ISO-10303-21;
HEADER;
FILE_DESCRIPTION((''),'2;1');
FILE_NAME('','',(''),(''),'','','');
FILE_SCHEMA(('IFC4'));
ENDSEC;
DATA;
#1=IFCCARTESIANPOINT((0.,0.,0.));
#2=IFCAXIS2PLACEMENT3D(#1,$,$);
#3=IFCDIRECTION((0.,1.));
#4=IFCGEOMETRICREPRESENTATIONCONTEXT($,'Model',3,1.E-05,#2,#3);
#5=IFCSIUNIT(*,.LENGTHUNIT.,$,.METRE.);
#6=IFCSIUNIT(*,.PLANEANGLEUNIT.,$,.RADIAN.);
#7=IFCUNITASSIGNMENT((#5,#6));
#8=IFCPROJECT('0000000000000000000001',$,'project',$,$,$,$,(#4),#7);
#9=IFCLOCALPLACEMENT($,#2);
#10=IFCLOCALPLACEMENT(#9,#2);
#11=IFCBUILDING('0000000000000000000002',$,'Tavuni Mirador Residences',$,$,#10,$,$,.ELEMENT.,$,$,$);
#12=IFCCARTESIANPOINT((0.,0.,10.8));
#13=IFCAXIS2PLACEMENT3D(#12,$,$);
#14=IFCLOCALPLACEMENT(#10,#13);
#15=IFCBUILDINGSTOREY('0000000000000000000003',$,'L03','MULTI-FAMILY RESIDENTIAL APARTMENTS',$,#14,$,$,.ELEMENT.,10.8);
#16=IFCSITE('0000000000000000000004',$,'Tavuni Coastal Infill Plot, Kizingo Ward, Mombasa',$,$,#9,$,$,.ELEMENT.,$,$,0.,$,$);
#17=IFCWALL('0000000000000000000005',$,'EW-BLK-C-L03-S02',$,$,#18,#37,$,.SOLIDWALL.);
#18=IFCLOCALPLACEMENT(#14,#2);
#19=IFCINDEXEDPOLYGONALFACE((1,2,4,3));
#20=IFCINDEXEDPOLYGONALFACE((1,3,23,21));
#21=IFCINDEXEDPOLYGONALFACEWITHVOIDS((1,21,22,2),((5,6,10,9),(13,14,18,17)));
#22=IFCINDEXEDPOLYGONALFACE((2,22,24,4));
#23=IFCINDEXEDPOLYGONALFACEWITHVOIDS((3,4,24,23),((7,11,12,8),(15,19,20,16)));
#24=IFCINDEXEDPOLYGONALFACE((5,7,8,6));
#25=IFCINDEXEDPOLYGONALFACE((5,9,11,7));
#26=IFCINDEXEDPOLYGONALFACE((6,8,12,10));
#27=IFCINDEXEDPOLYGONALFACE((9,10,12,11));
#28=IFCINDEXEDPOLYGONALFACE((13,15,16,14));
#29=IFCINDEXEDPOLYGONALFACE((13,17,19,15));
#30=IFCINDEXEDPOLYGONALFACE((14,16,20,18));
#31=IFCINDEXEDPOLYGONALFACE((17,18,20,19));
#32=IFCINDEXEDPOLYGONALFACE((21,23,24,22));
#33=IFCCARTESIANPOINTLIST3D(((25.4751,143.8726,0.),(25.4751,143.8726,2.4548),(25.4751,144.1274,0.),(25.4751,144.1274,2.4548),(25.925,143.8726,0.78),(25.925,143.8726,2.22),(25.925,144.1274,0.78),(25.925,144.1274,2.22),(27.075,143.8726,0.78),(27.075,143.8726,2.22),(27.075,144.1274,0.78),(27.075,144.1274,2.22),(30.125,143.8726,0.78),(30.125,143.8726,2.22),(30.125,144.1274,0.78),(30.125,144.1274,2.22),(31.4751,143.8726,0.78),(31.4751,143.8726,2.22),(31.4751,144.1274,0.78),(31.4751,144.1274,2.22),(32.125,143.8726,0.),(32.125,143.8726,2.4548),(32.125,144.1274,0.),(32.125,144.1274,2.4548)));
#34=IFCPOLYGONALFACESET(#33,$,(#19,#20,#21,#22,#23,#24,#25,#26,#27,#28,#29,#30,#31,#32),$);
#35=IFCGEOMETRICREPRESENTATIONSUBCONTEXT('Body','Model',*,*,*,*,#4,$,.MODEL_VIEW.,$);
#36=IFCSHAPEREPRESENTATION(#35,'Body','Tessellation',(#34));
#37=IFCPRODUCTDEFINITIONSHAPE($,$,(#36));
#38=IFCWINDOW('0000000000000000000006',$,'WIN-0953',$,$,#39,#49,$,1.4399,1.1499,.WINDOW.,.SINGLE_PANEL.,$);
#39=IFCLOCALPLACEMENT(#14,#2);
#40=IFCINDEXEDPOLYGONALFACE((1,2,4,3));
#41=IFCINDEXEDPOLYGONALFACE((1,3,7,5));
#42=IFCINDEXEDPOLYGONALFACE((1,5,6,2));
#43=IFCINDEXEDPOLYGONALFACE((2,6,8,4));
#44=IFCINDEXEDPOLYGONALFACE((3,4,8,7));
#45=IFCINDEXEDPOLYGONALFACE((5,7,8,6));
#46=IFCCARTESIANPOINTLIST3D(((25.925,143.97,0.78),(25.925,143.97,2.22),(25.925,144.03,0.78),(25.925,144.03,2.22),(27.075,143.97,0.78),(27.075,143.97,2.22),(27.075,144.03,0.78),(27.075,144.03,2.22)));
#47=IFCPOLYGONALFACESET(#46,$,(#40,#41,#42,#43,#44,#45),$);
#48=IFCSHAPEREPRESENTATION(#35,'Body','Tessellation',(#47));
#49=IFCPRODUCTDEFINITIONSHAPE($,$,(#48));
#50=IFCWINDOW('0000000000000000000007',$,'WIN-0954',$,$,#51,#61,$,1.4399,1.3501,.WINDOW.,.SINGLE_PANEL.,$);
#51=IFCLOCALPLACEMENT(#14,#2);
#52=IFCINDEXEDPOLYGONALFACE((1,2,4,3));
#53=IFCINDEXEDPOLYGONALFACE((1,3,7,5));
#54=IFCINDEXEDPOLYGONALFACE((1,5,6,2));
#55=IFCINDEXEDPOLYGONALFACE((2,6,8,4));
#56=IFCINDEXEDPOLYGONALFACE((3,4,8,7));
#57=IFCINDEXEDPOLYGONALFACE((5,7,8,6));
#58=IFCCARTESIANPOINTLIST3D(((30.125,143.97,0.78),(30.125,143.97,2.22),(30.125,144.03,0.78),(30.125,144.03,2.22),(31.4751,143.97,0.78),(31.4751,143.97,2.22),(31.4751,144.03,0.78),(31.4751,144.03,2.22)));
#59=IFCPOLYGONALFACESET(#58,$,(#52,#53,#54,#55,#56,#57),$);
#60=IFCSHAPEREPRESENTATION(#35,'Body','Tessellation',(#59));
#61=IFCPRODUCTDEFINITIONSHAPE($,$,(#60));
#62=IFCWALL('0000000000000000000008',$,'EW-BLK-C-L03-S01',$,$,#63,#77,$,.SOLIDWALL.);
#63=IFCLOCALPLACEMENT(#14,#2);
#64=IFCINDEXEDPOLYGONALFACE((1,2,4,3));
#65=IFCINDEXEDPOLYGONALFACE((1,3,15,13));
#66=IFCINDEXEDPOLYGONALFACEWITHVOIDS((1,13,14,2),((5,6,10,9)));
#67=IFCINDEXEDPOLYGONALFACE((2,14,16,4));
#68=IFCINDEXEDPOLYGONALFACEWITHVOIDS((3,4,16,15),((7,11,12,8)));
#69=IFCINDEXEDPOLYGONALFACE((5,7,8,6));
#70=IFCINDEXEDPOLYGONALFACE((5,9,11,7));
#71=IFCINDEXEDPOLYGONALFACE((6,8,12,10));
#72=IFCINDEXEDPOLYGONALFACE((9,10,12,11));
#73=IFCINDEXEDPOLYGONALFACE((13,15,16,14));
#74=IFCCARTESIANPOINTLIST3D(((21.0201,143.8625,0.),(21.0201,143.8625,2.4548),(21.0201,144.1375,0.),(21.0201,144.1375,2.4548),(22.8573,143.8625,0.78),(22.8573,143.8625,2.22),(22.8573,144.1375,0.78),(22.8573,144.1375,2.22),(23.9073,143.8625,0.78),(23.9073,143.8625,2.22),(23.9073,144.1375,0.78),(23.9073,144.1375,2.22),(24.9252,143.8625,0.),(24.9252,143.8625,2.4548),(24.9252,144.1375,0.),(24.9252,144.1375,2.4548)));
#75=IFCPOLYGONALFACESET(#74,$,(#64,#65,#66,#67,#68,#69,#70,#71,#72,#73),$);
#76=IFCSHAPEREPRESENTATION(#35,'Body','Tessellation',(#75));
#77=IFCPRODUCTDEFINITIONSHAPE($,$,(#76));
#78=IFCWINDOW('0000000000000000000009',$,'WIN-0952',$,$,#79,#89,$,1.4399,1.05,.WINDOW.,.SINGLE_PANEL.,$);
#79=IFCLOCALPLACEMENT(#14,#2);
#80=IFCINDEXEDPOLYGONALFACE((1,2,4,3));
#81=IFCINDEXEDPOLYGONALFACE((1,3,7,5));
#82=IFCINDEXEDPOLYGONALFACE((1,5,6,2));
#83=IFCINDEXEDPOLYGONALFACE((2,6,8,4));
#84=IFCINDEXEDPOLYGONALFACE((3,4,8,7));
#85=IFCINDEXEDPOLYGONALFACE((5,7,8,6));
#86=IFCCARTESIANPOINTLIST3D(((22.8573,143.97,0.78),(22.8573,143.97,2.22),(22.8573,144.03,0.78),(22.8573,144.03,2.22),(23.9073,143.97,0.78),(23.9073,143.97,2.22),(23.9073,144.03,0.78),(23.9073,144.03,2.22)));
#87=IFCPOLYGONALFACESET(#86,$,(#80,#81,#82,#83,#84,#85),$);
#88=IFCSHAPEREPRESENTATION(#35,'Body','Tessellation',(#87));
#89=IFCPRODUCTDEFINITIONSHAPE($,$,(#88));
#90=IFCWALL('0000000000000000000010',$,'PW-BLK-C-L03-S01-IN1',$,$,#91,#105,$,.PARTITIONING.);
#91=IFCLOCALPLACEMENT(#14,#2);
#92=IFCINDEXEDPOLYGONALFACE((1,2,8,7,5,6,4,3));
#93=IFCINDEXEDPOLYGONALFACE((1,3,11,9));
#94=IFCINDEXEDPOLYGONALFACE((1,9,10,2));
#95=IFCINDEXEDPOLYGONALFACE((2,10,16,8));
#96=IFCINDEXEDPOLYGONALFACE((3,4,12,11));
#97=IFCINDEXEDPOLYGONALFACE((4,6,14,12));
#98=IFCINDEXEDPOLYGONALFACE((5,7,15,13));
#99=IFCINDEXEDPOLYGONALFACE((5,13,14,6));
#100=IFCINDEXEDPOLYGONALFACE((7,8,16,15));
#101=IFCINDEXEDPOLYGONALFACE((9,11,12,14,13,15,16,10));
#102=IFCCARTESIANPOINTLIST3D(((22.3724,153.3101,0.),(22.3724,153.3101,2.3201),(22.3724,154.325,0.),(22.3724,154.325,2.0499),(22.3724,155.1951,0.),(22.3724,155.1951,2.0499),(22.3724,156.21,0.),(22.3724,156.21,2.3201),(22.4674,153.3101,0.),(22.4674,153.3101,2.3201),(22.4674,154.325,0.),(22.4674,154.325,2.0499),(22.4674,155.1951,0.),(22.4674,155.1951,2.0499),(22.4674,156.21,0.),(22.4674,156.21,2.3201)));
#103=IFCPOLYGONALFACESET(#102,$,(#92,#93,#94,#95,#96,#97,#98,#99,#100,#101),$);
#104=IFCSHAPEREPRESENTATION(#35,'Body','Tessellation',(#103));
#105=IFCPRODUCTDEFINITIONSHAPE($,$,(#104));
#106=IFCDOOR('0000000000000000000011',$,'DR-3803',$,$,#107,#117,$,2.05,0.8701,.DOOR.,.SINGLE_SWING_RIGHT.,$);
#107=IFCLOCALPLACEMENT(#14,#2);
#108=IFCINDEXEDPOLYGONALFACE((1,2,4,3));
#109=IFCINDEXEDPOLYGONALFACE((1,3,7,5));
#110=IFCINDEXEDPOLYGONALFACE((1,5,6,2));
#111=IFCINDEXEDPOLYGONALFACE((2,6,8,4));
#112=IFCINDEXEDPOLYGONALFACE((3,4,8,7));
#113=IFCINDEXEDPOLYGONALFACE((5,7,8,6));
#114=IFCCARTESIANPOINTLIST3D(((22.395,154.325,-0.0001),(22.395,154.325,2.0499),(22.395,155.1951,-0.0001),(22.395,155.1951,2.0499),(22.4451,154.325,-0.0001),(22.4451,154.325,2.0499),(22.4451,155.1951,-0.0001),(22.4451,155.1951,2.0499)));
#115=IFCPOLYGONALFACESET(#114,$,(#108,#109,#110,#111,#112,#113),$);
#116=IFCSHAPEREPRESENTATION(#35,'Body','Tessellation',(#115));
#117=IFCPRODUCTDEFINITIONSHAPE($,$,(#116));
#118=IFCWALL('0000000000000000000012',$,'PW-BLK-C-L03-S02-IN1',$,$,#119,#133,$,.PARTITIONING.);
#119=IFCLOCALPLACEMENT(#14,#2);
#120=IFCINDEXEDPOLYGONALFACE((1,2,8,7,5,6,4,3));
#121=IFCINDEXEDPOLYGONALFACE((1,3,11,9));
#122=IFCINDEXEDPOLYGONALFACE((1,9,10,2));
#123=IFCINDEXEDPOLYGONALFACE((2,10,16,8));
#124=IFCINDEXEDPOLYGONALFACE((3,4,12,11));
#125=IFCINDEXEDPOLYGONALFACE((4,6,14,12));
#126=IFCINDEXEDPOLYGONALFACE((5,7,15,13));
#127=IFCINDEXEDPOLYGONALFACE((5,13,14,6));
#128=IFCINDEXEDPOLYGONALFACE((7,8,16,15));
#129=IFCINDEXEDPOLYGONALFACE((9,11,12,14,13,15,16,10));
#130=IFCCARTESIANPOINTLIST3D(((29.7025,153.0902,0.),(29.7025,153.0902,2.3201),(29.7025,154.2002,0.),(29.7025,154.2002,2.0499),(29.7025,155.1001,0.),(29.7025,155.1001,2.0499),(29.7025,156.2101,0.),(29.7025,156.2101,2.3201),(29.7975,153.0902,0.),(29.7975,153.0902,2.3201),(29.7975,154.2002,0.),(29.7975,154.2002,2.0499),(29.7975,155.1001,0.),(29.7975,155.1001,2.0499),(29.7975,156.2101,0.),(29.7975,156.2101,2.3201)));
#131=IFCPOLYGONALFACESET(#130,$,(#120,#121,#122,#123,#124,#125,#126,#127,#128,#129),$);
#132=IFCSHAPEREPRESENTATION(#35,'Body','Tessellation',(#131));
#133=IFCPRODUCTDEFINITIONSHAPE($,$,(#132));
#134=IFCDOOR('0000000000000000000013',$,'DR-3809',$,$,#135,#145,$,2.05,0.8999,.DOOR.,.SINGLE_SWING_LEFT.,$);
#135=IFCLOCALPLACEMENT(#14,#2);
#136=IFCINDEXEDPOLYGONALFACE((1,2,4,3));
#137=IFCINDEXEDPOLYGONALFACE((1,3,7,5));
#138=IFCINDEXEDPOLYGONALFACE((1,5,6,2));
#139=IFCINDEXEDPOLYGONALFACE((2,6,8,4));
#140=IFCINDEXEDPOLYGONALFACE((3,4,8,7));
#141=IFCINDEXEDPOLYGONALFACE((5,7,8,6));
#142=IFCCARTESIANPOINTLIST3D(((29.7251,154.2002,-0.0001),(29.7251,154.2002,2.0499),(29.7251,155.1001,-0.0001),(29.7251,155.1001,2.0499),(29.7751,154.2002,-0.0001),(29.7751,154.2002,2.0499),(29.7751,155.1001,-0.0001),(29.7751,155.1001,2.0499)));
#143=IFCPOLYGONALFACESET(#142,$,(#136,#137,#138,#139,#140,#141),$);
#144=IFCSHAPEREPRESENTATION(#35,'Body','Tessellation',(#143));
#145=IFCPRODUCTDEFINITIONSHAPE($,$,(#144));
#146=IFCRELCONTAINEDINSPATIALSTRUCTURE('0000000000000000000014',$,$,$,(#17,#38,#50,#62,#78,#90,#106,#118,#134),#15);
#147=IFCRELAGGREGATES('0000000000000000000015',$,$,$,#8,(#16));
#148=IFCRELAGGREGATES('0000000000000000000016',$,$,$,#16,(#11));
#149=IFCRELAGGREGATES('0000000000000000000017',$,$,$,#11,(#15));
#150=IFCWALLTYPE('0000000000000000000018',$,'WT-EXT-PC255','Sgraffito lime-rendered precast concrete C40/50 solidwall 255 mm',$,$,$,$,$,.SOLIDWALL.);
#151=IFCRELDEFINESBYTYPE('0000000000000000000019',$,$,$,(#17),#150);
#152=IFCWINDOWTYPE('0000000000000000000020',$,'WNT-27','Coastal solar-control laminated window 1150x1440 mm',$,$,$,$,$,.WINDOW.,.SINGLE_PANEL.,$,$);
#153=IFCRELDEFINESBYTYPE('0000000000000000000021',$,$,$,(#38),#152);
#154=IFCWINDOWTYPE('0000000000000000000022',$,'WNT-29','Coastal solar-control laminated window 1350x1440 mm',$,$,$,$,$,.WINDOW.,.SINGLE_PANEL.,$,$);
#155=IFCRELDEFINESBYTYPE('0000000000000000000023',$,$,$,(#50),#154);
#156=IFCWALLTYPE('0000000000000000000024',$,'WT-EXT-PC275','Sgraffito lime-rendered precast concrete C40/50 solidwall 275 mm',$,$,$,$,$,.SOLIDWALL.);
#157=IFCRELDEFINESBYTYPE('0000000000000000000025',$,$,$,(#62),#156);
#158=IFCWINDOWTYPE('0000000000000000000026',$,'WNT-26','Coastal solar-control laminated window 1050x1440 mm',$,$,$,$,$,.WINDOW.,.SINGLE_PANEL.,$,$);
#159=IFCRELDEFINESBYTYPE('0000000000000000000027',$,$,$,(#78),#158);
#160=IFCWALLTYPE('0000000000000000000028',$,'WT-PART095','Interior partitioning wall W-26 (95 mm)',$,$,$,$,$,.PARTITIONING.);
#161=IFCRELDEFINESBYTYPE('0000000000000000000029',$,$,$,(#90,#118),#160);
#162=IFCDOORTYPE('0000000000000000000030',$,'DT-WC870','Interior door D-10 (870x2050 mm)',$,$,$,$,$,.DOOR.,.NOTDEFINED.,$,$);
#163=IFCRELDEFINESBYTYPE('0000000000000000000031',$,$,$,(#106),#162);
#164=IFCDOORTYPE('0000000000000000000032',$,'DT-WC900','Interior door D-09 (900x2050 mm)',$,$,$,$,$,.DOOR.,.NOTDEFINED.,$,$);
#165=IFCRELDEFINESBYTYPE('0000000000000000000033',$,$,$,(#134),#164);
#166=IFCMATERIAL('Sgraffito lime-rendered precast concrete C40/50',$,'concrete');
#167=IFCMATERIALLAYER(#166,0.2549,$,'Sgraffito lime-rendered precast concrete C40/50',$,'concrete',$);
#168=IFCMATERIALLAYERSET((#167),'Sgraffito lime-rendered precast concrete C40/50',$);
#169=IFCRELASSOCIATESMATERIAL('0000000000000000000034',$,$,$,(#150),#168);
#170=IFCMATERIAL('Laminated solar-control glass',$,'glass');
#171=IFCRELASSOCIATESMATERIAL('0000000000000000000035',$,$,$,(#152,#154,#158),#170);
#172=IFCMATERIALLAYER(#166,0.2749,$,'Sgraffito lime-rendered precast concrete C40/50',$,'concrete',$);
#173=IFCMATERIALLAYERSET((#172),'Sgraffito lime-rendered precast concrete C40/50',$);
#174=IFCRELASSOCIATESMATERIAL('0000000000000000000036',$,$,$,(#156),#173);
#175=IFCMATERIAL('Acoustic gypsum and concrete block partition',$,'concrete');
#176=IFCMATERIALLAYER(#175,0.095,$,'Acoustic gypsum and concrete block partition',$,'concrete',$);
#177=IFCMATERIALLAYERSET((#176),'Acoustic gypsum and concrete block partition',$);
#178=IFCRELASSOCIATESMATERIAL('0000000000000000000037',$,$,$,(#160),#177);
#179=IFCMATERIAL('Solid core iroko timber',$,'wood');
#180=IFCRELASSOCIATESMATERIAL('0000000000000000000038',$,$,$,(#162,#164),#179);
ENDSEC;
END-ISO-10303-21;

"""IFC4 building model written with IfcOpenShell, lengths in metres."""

from ifc_helpers import new_model, si_unit, direction, frame, frame_2d, origin, place, context, subcontext, project, spatial, rectangle, extrude, material, layer, layer_set, type_object, element, fill, save


model = new_model("IFC4")

# Units and contexts
model_context = context("Model", 3, precision=1e-05, world=origin(), true_north=direction((0.0, 1.0)))
body_context = subcontext(model_context, "Body", "Model", "MODEL_VIEW")
ifc_project = project(units=[si_unit("LENGTHUNIT", "METRE"), si_unit("PLANEANGLEUNIT", "RADIAN")], contexts=[model_context])

# Site, building, storey
site_placement = place(None, origin())
site = spatial("IfcSite", under=ifc_project, at=site_placement, Name="Tavuni Coastal Infill Plot, Kizingo Ward, Mombasa", CompositionType="ELEMENT", RefElevation=0.0)
building_placement = place(site_placement, origin())
building = spatial("IfcBuilding", under=site, at=building_placement, Name="Tavuni Mirador Residences", CompositionType="ELEMENT")
storey_placement = place(building_placement, frame((0.0, 0.0, 10.8)))
storey = spatial("IfcBuildingStorey", under=building, at=storey_placement, Name="L03", Description="MULTI-FAMILY RESIDENTIAL APARTMENTS", CompositionType="ELEMENT", Elevation=10.8)

# Shared definitions
ifc_material_1 = material(Name="Solid core iroko timber", Category="wood")

# Wall, openings, windows
ifc_material_2 = material(Name="Sgraffito lime-rendered precast concrete C40/50", Category="concrete")
ifc_layer_1 = layer(ifc_material_2, 0.2549, Name="Sgraffito lime-rendered precast concrete C40/50", Category="concrete")
ifc_layer_set_1 = layer_set([ifc_layer_1], Name="Sgraffito lime-rendered precast concrete C40/50")
wall_type_1 = type_object("IfcWallType", Name="WT-EXT-PC255", Description="Sgraffito lime-rendered precast concrete C40/50 solidwall 255 mm", PredefinedType="SOLIDWALL", material=ifc_layer_set_1)
wall_1_placement = place(storey_placement, frame((25.4751, 144.0, 0.0), z_axis=(0.0, 0.0, 1.0), x_axis=(1.0, 0.0, 0.0)))
wall_1 = element("IfcWall", 1, at=wall_1_placement, inside=storey, type_object=wall_type_1, Name="EW-BLK-C-L03-S02", PredefinedType="SOLIDWALL", context=body_context, shape_type="SweptSolid", body=[
    extrude(rectangle(XDim=6.6499, YDim=0.2549, at=frame_2d((3.325, 0.0))), origin(), (0.0, 0.0, 1.0), 2.4548),
])
opening_1_placement = place(wall_1_placement, frame((0.45, 0.0, 0.78)))
opening_1 = element("IfcOpeningElement", 2, at=opening_1_placement, cuts=wall_1, PredefinedType="OPENING", context=body_context, shape_type="SweptSolid", body=[
    extrude(rectangle(XDim=1.1499, YDim=1.4399, at=frame_2d((0.575, 0.72))), frame((0.0, 0.1375, 0.0), z_axis=(0.0, -1.0, 0.0), x_axis=(1.0, 0.0, 0.0)), (0.0, 0.0, 1.0), 0.2749),
])
opening_2_placement = place(wall_1_placement, frame((4.6499, 0.0, 0.78)))
opening_2 = element("IfcOpeningElement", 3, at=opening_2_placement, cuts=wall_1, PredefinedType="OPENING", context=body_context, shape_type="SweptSolid", body=[
    extrude(rectangle(XDim=1.3501, YDim=1.4399, at=frame_2d((0.675, 0.72))), frame((0.0, 0.1375, 0.0), z_axis=(0.0, -1.0, 0.0), x_axis=(1.0, 0.0, 0.0)), (0.0, 0.0, 1.0), 0.2749),
])
ifc_material_3 = material(Name="Laminated solar-control glass", Category="glass")
window_type_1 = type_object("IfcWindowType", Name="WNT-27", Description="Coastal solar-control laminated window 1150x1440 mm", PartitioningType="SINGLE_PANEL", PredefinedType="WINDOW", material=ifc_material_3)
window_1_placement = place(opening_1_placement, origin())
window_1 = element("IfcWindow", 4, at=window_1_placement, inside=storey, type_object=window_type_1, Name="WIN-0953", OverallHeight=1.4399, OverallWidth=1.1499, PartitioningType="SINGLE_PANEL", PredefinedType="WINDOW", context=body_context, shape_type="SweptSolid", body=[
    extrude(rectangle(XDim=1.1499, YDim=1.4399, at=frame_2d((0.575, 0.72))), frame((0.0, 0.03, 0.0), z_axis=(0.0, -1.0, 0.0), x_axis=(1.0, 0.0, 0.0)), (0.0, 0.0, 1.0), 0.0601),
])
fill(opening_1, window_1)
window_type_2 = type_object("IfcWindowType", Name="WNT-29", Description="Coastal solar-control laminated window 1350x1440 mm", PartitioningType="SINGLE_PANEL", PredefinedType="WINDOW", material=ifc_material_3)
window_2_placement = place(opening_2_placement, origin())
window_2 = element("IfcWindow", 5, at=window_2_placement, inside=storey, type_object=window_type_2, Name="WIN-0954", OverallHeight=1.4399, OverallWidth=1.3501, PartitioningType="SINGLE_PANEL", PredefinedType="WINDOW", context=body_context, shape_type="SweptSolid", body=[
    extrude(rectangle(XDim=1.3501, YDim=1.4399, at=frame_2d((0.675, 0.72))), frame((0.0, 0.03, 0.0), z_axis=(0.0, -1.0, 0.0), x_axis=(1.0, 0.0, 0.0)), (0.0, 0.0, 1.0), 0.0601),
])
fill(opening_2, window_2)

# Wall, opening, window
ifc_layer_2 = layer(ifc_material_2, 0.2749, Name="Sgraffito lime-rendered precast concrete C40/50", Category="concrete")
ifc_layer_set_2 = layer_set([ifc_layer_2], Name="Sgraffito lime-rendered precast concrete C40/50")
wall_type_2 = type_object("IfcWallType", Name="WT-EXT-PC275", Description="Sgraffito lime-rendered precast concrete C40/50 solidwall 275 mm", PredefinedType="SOLIDWALL", material=ifc_layer_set_2)
wall_2_placement = place(storey_placement, frame((21.02, 144.0, 0.0), z_axis=(0.0, 0.0, 1.0), x_axis=(1.0, 0.0, 0.0)))
wall_2 = element("IfcWall", 6, at=wall_2_placement, inside=storey, type_object=wall_type_2, Name="EW-BLK-C-L03-S01", PredefinedType="SOLIDWALL", context=body_context, shape_type="SweptSolid", body=[
    extrude(rectangle(XDim=3.905, YDim=0.2749, at=frame_2d((1.9526, 0.0))), origin(), (0.0, 0.0, 1.0), 2.4548),
])
opening_3_placement = place(wall_2_placement, frame((1.8374, 0.0, 0.78)))
opening_3 = element("IfcOpeningElement", 7, at=opening_3_placement, cuts=wall_2, PredefinedType="OPENING", context=body_context, shape_type="SweptSolid", body=[
    extrude(rectangle(XDim=1.05, YDim=1.4399, at=frame_2d((0.5249, 0.72))), frame((0.0, 0.1475, 0.0), z_axis=(0.0, -1.0, 0.0), x_axis=(1.0, 0.0, 0.0)), (0.0, 0.0, 1.0), 0.2949),
])
window_type_3 = type_object("IfcWindowType", Name="WNT-26", Description="Coastal solar-control laminated window 1050x1440 mm", PartitioningType="SINGLE_PANEL", PredefinedType="WINDOW", material=ifc_material_3)
window_3_placement = place(opening_3_placement, origin())
window_3 = element("IfcWindow", 8, at=window_3_placement, inside=storey, type_object=window_type_3, Name="WIN-0952", OverallHeight=1.4399, OverallWidth=1.05, PartitioningType="SINGLE_PANEL", PredefinedType="WINDOW", context=body_context, shape_type="SweptSolid", body=[
    extrude(rectangle(XDim=1.05, YDim=1.4399, at=frame_2d((0.5249, 0.72))), frame((0.0, 0.03, 0.0), z_axis=(0.0, -1.0, 0.0), x_axis=(1.0, 0.0, 0.0)), (0.0, 0.0, 1.0), 0.0601),
])
fill(opening_3, window_3)

# Walls, openings, doors
ifc_material_4 = material(Name="Acoustic gypsum and concrete block partition", Category="concrete")
ifc_layer_3 = layer(ifc_material_4, 0.095, Name="Acoustic gypsum and concrete block partition", Category="concrete")
ifc_layer_set_3 = layer_set([ifc_layer_3], Name="Acoustic gypsum and concrete block partition")
wall_type_3 = type_object("IfcWallType", Name="WT-PART095", Description="Interior partitioning wall W-26 (95 mm)", PredefinedType="PARTITIONING", material=ifc_layer_set_3)
wall_3_placement = place(storey_placement, frame((22.4199, 153.3101, 0.0), z_axis=(0.0, 0.0, 1.0), x_axis=(0.0, 1.0, 0.0)))
wall_3 = element("IfcWall", 9, at=wall_3_placement, inside=storey, type_object=wall_type_3, Name="PW-BLK-C-L03-S01-IN1", PredefinedType="PARTITIONING", context=body_context, shape_type="SweptSolid", body=[
    extrude(rectangle(XDim=2.8999, YDim=0.095, at=frame_2d((1.45, 0.0))), origin(), (0.0, 0.0, 1.0), 2.3201),
])
opening_4_placement = place(wall_3_placement, frame((1.0149, 0.0, 0.0)))
opening_4 = element("IfcOpeningElement", 10, at=opening_4_placement, cuts=wall_3, PredefinedType="OPENING", context=body_context, shape_type="SweptSolid", body=[
    extrude(rectangle(XDim=0.8701, YDim=2.05, at=frame_2d((0.4351, 1.0249))), frame((0.0, 0.0576, 0.0), z_axis=(0.0, -1.0, 0.0), x_axis=(1.0, 0.0, 0.0)), (0.0, 0.0, 1.0), 0.115),
])
door_type_1 = type_object("IfcDoorType", Name="DT-WC870", Description="Interior door D-10 (870x2050 mm)", OperationType="NOTDEFINED", PredefinedType="DOOR", material=ifc_material_1)
door_1_placement = place(opening_4_placement, origin())
door_1 = element("IfcDoor", 11, at=door_1_placement, inside=storey, type_object=door_type_1, Name="DR-3803", OperationType="SINGLE_SWING_RIGHT", OverallHeight=2.05, OverallWidth=0.8701, PredefinedType="DOOR", context=body_context, shape_type="SweptSolid", body=[
    extrude(rectangle(XDim=0.8701, YDim=2.05, at=frame_2d((0.4351, 1.0249))), frame((0.0, 0.0249, 0.0), z_axis=(0.0, -1.0, 0.0), x_axis=(1.0, 0.0, 0.0)), (0.0, 0.0, 1.0), 0.05),
])
fill(opening_4, door_1)
wall_4_placement = place(storey_placement, frame((29.75, 153.0901, 0.0), z_axis=(0.0, 0.0, 1.0), x_axis=(0.0, 1.0, 0.0)))
wall_4 = element("IfcWall", 12, at=wall_4_placement, inside=storey, type_object=wall_type_3, Name="PW-BLK-C-L03-S02-IN1", PredefinedType="PARTITIONING", context=body_context, shape_type="SweptSolid", body=[
    extrude(rectangle(XDim=3.1199, YDim=0.095, at=frame_2d((1.5601, 0.0))), origin(), (0.0, 0.0, 1.0), 2.3201),
])
opening_5_placement = place(wall_4_placement, frame((1.1101, 0.0, 0.0)))
opening_5 = element("IfcOpeningElement", 13, at=opening_5_placement, cuts=wall_4, PredefinedType="OPENING", context=body_context, shape_type="SweptSolid", body=[
    extrude(rectangle(XDim=0.8999, YDim=2.05, at=frame_2d((0.45, 1.0249))), frame((0.0, 0.0576, 0.0), z_axis=(0.0, -1.0, 0.0), x_axis=(1.0, 0.0, 0.0)), (0.0, 0.0, 1.0), 0.115),
])
door_type_2 = type_object("IfcDoorType", Name="DT-WC900", Description="Interior door D-09 (900x2050 mm)", OperationType="NOTDEFINED", PredefinedType="DOOR", material=ifc_material_1)
door_2_placement = place(opening_5_placement, origin())
door_2 = element("IfcDoor", 14, at=door_2_placement, inside=storey, type_object=door_type_2, Name="DR-3809", OperationType="SINGLE_SWING_LEFT", OverallHeight=2.05, OverallWidth=0.8999, PredefinedType="DOOR", context=body_context, shape_type="SweptSolid", body=[
    extrude(rectangle(XDim=0.8999, YDim=2.05, at=frame_2d((0.45, 1.0249))), frame((0.0, 0.0249, 0.0), z_axis=(0.0, -1.0, 0.0), x_axis=(1.0, 0.0, 0.0)), (0.0, 0.0, 1.0), 0.05),
])
fill(opening_5, door_2)

save(model, "model.ifc")
